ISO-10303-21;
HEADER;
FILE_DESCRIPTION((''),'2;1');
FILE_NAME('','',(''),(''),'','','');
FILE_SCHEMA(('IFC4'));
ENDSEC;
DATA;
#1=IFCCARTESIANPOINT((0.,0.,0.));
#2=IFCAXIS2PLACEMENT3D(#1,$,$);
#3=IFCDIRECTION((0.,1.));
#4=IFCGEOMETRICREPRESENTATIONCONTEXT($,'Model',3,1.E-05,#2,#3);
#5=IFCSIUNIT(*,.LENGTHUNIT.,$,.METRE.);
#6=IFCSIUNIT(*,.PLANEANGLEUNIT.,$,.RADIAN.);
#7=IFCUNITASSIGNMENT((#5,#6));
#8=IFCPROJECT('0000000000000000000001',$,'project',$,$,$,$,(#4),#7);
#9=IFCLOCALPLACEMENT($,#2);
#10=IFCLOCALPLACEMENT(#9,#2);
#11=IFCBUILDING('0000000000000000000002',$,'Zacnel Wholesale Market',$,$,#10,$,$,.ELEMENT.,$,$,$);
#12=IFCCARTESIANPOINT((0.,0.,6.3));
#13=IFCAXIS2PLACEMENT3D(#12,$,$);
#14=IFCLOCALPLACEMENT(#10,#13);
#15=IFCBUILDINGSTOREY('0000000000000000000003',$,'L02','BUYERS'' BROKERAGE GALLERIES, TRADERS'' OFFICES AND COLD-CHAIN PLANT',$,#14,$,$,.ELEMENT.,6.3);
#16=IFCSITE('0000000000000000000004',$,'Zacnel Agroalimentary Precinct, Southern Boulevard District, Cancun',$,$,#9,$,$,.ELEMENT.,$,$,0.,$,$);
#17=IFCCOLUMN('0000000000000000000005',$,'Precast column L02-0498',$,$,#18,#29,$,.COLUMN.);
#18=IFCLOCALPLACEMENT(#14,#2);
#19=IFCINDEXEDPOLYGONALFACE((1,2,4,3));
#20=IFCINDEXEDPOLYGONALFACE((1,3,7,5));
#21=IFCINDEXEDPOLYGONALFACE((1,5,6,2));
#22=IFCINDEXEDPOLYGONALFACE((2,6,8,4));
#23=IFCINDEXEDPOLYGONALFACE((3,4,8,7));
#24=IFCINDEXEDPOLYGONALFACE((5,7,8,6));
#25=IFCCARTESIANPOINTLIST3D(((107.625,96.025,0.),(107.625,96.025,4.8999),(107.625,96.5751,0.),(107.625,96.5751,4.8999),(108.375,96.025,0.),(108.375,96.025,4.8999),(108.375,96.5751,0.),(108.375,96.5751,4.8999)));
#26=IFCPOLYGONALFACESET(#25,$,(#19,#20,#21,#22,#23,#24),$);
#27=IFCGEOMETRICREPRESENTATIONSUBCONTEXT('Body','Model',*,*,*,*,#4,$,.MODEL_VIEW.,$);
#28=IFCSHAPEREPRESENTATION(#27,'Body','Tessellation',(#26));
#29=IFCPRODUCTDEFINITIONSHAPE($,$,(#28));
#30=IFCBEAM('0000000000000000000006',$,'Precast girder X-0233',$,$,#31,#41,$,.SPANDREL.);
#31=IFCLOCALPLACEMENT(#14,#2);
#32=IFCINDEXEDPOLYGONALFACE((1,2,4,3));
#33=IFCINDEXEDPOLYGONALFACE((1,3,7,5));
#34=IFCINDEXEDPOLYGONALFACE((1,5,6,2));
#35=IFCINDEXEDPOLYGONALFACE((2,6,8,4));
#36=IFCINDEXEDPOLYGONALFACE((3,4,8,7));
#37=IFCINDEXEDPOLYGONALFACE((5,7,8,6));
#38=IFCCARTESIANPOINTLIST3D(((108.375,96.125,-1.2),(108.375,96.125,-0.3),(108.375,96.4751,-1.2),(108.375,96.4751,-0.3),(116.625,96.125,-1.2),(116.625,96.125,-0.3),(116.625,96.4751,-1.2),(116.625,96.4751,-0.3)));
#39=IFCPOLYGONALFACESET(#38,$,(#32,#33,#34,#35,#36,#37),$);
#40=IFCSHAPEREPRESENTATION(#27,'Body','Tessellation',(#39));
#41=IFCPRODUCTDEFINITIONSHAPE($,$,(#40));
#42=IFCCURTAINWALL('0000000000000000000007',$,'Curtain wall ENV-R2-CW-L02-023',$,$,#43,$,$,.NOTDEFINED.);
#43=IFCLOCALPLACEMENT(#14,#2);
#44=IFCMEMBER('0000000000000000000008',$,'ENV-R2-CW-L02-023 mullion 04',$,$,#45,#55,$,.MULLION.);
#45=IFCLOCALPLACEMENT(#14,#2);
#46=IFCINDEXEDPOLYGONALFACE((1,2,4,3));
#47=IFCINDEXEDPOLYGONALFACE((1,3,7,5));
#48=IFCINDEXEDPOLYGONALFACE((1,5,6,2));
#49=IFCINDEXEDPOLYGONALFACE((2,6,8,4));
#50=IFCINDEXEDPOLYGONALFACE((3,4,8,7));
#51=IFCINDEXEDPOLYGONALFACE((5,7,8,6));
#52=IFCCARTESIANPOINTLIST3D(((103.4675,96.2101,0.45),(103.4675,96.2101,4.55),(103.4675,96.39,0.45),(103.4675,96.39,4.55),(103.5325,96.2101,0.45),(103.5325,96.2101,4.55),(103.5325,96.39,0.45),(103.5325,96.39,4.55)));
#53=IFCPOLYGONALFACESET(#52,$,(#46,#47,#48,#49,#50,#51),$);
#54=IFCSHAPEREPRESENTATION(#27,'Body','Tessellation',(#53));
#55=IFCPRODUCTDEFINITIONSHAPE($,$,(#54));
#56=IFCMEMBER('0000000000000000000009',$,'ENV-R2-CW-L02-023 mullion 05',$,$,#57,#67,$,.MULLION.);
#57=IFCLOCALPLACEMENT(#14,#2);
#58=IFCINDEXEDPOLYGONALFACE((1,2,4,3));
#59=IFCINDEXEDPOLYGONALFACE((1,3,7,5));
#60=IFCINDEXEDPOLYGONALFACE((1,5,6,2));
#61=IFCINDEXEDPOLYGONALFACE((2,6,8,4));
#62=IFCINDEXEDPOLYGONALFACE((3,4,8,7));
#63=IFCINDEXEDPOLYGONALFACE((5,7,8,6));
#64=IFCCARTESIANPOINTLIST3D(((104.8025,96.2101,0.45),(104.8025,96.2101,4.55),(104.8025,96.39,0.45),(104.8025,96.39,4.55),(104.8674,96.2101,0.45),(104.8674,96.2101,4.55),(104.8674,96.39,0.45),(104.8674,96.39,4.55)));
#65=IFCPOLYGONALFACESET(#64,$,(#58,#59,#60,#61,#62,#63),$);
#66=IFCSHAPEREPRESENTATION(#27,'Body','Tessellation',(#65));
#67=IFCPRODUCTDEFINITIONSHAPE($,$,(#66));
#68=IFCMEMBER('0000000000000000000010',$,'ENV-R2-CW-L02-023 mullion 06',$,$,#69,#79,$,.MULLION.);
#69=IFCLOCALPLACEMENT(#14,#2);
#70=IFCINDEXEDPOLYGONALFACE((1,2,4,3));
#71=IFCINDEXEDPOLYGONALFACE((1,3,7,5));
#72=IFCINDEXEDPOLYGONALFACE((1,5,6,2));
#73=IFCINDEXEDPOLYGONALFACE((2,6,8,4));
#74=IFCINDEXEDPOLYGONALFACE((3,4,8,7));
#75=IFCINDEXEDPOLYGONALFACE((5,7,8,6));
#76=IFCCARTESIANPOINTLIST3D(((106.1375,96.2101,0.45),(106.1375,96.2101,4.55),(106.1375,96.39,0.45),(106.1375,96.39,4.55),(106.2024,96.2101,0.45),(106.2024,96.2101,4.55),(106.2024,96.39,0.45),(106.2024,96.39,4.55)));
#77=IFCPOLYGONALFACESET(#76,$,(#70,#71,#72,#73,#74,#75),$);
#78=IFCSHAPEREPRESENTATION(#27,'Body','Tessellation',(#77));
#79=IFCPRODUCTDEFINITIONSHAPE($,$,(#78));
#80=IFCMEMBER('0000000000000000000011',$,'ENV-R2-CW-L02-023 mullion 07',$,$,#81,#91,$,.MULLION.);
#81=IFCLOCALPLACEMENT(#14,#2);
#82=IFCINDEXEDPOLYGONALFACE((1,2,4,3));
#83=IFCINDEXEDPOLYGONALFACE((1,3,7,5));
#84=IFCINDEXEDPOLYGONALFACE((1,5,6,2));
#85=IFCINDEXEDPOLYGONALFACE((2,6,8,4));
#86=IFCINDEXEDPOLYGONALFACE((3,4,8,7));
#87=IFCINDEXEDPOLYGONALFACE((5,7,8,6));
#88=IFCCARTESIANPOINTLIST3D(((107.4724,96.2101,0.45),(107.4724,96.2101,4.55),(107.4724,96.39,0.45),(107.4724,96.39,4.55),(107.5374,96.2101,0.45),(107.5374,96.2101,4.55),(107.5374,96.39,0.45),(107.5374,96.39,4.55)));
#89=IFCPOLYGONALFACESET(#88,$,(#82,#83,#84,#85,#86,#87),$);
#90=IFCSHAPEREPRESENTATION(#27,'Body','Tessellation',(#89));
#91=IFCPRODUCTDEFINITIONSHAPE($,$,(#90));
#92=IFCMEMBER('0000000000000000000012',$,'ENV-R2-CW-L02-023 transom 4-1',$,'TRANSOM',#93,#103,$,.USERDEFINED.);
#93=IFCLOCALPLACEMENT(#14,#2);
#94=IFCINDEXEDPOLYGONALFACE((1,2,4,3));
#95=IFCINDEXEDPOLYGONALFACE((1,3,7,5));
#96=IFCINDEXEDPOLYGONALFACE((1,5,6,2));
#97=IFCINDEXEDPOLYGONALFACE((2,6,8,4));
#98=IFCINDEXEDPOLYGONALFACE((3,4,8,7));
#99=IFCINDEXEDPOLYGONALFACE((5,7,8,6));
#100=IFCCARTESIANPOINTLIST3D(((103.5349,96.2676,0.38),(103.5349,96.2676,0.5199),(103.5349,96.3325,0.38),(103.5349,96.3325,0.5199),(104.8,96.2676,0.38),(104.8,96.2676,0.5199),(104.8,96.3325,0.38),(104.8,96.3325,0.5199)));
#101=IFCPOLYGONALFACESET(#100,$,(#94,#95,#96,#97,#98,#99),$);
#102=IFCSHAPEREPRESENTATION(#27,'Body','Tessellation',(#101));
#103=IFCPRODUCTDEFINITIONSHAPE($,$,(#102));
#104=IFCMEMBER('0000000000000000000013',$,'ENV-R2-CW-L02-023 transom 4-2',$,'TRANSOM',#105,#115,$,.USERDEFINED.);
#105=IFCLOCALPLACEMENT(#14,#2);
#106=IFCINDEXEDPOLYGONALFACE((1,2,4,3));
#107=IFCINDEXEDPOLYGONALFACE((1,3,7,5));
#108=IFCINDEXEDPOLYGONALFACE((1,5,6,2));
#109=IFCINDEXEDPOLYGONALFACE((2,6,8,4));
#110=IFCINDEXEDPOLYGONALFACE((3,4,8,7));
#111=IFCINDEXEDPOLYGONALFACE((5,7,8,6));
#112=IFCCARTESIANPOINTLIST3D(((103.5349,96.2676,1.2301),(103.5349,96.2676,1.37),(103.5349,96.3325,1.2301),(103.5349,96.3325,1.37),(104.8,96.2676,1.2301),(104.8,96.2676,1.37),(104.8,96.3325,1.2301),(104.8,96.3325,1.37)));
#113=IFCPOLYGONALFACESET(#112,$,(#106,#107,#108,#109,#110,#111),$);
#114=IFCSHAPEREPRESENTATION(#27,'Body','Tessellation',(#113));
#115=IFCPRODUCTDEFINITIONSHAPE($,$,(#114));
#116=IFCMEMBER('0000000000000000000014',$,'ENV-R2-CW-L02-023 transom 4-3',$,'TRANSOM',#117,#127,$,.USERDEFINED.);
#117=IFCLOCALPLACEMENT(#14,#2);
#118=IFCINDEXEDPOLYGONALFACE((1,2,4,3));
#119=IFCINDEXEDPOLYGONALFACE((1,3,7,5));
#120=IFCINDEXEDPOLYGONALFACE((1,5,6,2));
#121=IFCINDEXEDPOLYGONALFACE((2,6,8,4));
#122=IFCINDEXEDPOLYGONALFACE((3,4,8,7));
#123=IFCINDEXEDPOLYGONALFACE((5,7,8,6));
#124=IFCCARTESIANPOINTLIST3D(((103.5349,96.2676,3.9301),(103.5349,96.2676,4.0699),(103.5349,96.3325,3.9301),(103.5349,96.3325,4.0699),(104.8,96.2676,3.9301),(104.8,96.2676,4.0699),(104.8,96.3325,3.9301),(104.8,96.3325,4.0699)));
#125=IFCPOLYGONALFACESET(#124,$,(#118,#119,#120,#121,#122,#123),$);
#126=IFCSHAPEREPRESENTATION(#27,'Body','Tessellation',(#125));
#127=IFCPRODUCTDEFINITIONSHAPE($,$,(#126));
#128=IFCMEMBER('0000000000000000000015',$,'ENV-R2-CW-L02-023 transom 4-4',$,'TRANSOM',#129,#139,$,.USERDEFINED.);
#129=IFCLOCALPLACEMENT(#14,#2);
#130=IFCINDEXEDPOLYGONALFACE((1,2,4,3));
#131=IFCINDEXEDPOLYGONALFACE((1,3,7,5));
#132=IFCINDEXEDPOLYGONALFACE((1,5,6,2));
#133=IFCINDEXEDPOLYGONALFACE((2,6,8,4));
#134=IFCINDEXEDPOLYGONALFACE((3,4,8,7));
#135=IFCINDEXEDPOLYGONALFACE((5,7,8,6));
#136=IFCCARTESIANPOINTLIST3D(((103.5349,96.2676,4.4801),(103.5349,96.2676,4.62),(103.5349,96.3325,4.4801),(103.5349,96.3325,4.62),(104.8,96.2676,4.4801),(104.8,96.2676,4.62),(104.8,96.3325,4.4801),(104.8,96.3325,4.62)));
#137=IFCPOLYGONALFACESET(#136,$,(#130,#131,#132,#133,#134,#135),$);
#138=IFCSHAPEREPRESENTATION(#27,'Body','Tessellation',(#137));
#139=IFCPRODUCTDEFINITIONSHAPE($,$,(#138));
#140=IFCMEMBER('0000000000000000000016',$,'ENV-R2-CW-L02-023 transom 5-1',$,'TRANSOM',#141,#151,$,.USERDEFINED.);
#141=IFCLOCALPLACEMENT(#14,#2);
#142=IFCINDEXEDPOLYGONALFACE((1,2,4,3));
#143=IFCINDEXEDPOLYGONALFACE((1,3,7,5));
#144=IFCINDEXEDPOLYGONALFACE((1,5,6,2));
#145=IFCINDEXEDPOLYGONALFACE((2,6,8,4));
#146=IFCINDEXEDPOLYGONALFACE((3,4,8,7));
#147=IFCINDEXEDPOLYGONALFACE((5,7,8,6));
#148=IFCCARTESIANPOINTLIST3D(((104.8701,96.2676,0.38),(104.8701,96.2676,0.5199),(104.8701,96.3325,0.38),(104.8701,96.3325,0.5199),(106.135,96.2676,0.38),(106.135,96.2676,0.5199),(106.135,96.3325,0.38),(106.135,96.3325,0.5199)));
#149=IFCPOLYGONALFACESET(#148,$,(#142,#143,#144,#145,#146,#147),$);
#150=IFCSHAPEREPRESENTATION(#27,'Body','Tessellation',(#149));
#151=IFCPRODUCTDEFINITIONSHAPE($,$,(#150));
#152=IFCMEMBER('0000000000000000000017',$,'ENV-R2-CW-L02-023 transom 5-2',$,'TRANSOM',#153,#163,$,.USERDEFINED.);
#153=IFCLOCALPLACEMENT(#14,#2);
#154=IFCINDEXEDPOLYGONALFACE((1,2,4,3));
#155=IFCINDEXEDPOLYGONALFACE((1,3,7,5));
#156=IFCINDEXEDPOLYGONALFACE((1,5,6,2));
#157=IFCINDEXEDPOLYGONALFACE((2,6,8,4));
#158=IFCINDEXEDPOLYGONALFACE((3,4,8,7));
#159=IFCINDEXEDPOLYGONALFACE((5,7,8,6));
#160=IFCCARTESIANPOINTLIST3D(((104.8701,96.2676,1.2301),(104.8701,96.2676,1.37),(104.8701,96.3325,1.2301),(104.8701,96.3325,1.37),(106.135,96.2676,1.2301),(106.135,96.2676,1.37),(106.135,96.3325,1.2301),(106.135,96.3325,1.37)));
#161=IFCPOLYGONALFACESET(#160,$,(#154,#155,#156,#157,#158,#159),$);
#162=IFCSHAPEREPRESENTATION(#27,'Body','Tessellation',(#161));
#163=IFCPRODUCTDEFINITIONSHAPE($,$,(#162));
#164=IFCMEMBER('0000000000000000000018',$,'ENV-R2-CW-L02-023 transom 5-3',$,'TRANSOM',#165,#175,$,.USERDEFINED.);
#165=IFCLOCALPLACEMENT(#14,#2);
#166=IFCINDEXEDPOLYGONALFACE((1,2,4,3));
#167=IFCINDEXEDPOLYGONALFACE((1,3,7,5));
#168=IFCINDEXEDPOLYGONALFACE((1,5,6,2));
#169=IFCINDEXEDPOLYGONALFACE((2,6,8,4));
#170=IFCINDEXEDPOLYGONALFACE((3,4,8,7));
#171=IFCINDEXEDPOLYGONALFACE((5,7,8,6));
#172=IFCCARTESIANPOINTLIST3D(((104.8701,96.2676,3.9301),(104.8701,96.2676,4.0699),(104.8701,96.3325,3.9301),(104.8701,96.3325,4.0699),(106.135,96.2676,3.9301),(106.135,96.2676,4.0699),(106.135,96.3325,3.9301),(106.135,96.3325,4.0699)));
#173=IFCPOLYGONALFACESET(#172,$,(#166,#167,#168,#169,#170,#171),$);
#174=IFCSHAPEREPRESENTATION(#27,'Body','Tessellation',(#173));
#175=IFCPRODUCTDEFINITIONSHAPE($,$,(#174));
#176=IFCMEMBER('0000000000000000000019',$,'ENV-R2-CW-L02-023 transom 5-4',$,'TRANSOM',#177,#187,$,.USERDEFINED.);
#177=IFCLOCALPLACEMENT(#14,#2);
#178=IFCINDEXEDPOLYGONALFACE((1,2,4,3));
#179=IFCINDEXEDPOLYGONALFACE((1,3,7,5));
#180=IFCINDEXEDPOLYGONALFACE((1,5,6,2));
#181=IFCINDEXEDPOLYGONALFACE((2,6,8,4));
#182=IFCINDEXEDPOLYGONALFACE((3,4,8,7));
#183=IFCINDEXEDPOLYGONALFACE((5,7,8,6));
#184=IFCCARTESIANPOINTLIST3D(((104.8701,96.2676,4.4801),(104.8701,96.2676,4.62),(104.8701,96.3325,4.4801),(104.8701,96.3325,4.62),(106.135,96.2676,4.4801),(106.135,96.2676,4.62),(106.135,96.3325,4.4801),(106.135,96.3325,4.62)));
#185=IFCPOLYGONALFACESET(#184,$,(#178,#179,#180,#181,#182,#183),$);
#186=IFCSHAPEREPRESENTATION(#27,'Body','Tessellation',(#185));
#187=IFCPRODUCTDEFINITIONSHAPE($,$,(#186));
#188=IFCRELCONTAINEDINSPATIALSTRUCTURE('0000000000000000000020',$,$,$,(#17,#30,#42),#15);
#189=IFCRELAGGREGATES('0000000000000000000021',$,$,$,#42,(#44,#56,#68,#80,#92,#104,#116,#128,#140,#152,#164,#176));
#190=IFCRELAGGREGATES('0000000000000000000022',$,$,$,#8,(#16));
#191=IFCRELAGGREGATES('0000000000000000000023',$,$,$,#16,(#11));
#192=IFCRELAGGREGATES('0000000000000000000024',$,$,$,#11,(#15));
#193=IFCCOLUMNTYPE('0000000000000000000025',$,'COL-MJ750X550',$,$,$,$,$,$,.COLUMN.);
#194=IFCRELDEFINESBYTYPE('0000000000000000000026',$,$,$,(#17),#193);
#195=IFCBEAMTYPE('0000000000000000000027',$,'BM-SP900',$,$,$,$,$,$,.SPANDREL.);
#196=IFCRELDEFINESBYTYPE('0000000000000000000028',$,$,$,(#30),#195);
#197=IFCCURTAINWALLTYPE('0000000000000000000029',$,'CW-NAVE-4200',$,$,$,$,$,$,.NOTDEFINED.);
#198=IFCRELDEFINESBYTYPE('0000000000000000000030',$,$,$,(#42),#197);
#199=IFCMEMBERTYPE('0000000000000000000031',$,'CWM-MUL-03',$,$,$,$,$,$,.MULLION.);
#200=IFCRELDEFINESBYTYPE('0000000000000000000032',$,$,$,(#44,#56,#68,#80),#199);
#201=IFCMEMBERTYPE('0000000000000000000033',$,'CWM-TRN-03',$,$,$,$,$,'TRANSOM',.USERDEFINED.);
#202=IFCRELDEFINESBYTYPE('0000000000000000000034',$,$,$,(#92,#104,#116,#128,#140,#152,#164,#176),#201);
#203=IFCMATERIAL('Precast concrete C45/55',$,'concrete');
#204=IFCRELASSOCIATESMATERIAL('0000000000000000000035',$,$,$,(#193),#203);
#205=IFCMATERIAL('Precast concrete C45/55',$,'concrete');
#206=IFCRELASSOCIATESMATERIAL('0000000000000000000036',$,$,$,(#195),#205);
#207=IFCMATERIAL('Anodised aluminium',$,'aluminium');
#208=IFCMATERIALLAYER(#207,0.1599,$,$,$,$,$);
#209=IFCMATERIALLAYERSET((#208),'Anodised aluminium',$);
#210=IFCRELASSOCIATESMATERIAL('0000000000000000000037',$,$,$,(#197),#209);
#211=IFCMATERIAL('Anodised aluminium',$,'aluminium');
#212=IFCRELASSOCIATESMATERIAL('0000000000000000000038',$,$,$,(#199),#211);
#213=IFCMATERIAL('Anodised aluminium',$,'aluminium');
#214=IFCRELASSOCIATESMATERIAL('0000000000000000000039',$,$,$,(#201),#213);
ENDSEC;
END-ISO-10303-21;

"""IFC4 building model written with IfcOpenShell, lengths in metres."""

from ifc_helpers import new_model, si_unit, direction, frame, origin, origin_2d, place, context, subcontext, project, spatial, rectangle, extrude, material, layer, layer_set, material_profile, profile_set, type_object, element, aggregate, save


model = new_model("IFC4")

# Units and contexts
model_context = context("Model", 3, precision=1e-05, world=origin(), true_north=direction((0.0, 1.0)))
body_context = subcontext(model_context, "Body", "Model", "MODEL_VIEW")
ifc_project = project(units=[si_unit("LENGTHUNIT", "METRE"), si_unit("PLANEANGLEUNIT", "RADIAN")], contexts=[model_context])

# Site, building, storey
site_placement = place(None, origin())
site = spatial("IfcSite", under=ifc_project, at=site_placement, Name="Zacnel Agroalimentary Precinct, Southern Boulevard District, Cancun", CompositionType="ELEMENT", RefElevation=0.0)
building_placement = place(site_placement, origin())
building = spatial("IfcBuilding", under=site, at=building_placement, Name="Zacnel Wholesale Market", CompositionType="ELEMENT")
storey_placement = place(building_placement, frame((0.0, 0.0, 6.3)))
storey = spatial("IfcBuildingStorey", under=building, at=storey_placement, Name="L02", Description="BUYERS' BROKERAGE GALLERIES, TRADERS' OFFICES AND COLD-CHAIN PLANT", CompositionType="ELEMENT", Elevation=6.3)

# Column
ifc_material_1 = material(Name="Precast concrete C45/55", Category="concrete")
ifc_material_profile_1 = material_profile(ifc_material_1, rectangle(XDim=0.75, YDim=0.55, at=origin_2d()), Name="PC 750x550")
ifc_profile_set_1 = profile_set([ifc_material_profile_1], Name="Precast concrete C45/55")
column_type = type_object("IfcColumnType", Name="COL-MJ750X550", PredefinedType="COLUMN", material=ifc_profile_set_1)
column_placement = place(storey_placement, frame((108.0, 96.3, 0.0), z_axis=(0.0, 0.0, 1.0), x_axis=(1.0, 0.0, 0.0)))
element("IfcColumn", 1, at=column_placement, inside=storey, type_object=column_type, Name="Precast column L02-0498", PredefinedType="COLUMN", context=body_context, shape_type="SweptSolid", body=[
    extrude(rectangle(XDim=0.75, YDim=0.55, at=origin_2d()), origin(), (0.0, 0.0, 1.0), 4.8999),
])

# Beam
ifc_material_2 = material(Name="Precast concrete C45/55", Category="concrete")
ifc_material_profile_2 = material_profile(ifc_material_2, rectangle(XDim=0.3501, YDim=0.8999, at=origin_2d()), Name="SP 350x900")
ifc_profile_set_2 = profile_set([ifc_material_profile_2], Name="Precast concrete C45/55")
beam_type = type_object("IfcBeamType", Name="BM-SP900", PredefinedType="SPANDREL", material=ifc_profile_set_2)
beam_placement = place(storey_placement, frame((108.375, 96.3, -0.75), z_axis=(1.0, 0.0, 0.0), x_axis=(0.0, 1.0, 0.0)))
element("IfcBeam", 2, at=beam_placement, inside=storey, type_object=beam_type, Name="Precast girder X-0233", PredefinedType="SPANDREL", context=body_context, shape_type="SweptSolid", body=[
    extrude(rectangle(XDim=0.3501, YDim=0.8999, at=origin_2d()), origin(), (0.0, 0.0, 1.0), 8.25),
])

# Curtain wall, members
ifc_material_3 = material(Name="Anodised aluminium", Category="aluminium")
ifc_layer_1 = layer(ifc_material_3, 0.1599)
ifc_layer_set_1 = layer_set([ifc_layer_1], Name="Anodised aluminium")
curtain_wall_type = type_object("IfcCurtainWallType", Name="CW-NAVE-4200", PredefinedType="NOTDEFINED", material=ifc_layer_set_1)
curtain_wall_placement = place(storey_placement, origin())
curtain_wall = element("IfcCurtainWall", 3, at=curtain_wall_placement, inside=storey, type_object=curtain_wall_type, Name="Curtain wall ENV-R2-CW-L02-023", PredefinedType="NOTDEFINED")
ifc_material_4 = material(Name="Anodised aluminium", Category="aluminium")
ifc_material_profile_3 = material_profile(ifc_material_4, rectangle(XDim=0.0649, YDim=0.1799, at=origin_2d()), Name="AW-MULLION 65x180")
ifc_profile_set_3 = profile_set([ifc_material_profile_3], Name="Anodised aluminium")
member_type_1 = type_object("IfcMemberType", Name="CWM-MUL-03", PredefinedType="MULLION", material=ifc_profile_set_3)
member_1_placement = place(storey_placement, frame((103.5, 96.3, 0.45), z_axis=(0.0, 0.0, 1.0), x_axis=(1.0, 0.0, 0.0)))
member_1 = element("IfcMember", 4, at=member_1_placement, type_object=member_type_1, Name="ENV-R2-CW-L02-023 mullion 04", PredefinedType="MULLION", context=body_context, shape_type="SweptSolid", body=[
    extrude(rectangle(XDim=0.0649, YDim=0.1799, at=origin_2d()), origin(), (0.0, 0.0, 1.0), 4.1001),
])
member_2_placement = place(storey_placement, frame((104.835, 96.3, 0.45), z_axis=(0.0, 0.0, 1.0), x_axis=(1.0, 0.0, 0.0)))
member_2 = element("IfcMember", 5, at=member_2_placement, type_object=member_type_1, Name="ENV-R2-CW-L02-023 mullion 05", PredefinedType="MULLION", context=body_context, shape_type="SweptSolid", body=[
    extrude(rectangle(XDim=0.0649, YDim=0.1799, at=origin_2d()), origin(), (0.0, 0.0, 1.0), 4.1001),
])
member_3_placement = place(storey_placement, frame((106.1699, 96.3, 0.45), z_axis=(0.0, 0.0, 1.0), x_axis=(1.0, 0.0, 0.0)))
member_3 = element("IfcMember", 6, at=member_3_placement, type_object=member_type_1, Name="ENV-R2-CW-L02-023 mullion 06", PredefinedType="MULLION", context=body_context, shape_type="SweptSolid", body=[
    extrude(rectangle(XDim=0.0649, YDim=0.1799, at=origin_2d()), origin(), (0.0, 0.0, 1.0), 4.1001),
])
member_4_placement = place(storey_placement, frame((107.5049, 96.3, 0.45), z_axis=(0.0, 0.0, 1.0), x_axis=(1.0, 0.0, 0.0)))
member_4 = element("IfcMember", 7, at=member_4_placement, type_object=member_type_1, Name="ENV-R2-CW-L02-023 mullion 07", PredefinedType="MULLION", context=body_context, shape_type="SweptSolid", body=[
    extrude(rectangle(XDim=0.0649, YDim=0.1799, at=origin_2d()), origin(), (0.0, 0.0, 1.0), 4.1001),
])
ifc_material_5 = material(Name="Anodised aluminium", Category="aluminium")
ifc_material_profile_4 = material_profile(ifc_material_5, rectangle(XDim=0.0649, YDim=0.1399, at=origin_2d()), Name="AW-TRANSOM 65x140")
ifc_profile_set_4 = profile_set([ifc_material_profile_4], Name="Anodised aluminium")
member_type_2 = type_object("IfcMemberType", Name="CWM-TRN-03", ElementType="TRANSOM", PredefinedType="USERDEFINED", material=ifc_profile_set_4)
member_5_placement = place(storey_placement, frame((103.5349, 96.3, 0.45), z_axis=(1.0, 0.0, 0.0), x_axis=(0.0, 1.0, 0.0)))
member_5 = element("IfcMember", 8, at=member_5_placement, type_object=member_type_2, Name="ENV-R2-CW-L02-023 transom 4-1", ObjectType="TRANSOM", PredefinedType="USERDEFINED", context=body_context, shape_type="SweptSolid", body=[
    extrude(rectangle(XDim=0.0649, YDim=0.1399, at=origin_2d()), origin(), (0.0, 0.0, 1.0), 1.2651),
])
member_6_placement = place(storey_placement, frame((103.5349, 96.3, 1.3), z_axis=(1.0, 0.0, 0.0), x_axis=(0.0, 1.0, 0.0)))
member_6 = element("IfcMember", 9, at=member_6_placement, type_object=member_type_2, Name="ENV-R2-CW-L02-023 transom 4-2", ObjectType="TRANSOM", PredefinedType="USERDEFINED", context=body_context, shape_type="SweptSolid", body=[
    extrude(rectangle(XDim=0.0649, YDim=0.1399, at=origin_2d()), origin(), (0.0, 0.0, 1.0), 1.2651),
])
member_7_placement = place(storey_placement, frame((103.5349, 96.3, 4.0), z_axis=(1.0, 0.0, 0.0), x_axis=(0.0, 1.0, 0.0)))
member_7 = element("IfcMember", 10, at=member_7_placement, type_object=member_type_2, Name="ENV-R2-CW-L02-023 transom 4-3", ObjectType="TRANSOM", PredefinedType="USERDEFINED", context=body_context, shape_type="SweptSolid", body=[
    extrude(rectangle(XDim=0.0649, YDim=0.1399, at=origin_2d()), origin(), (0.0, 0.0, 1.0), 1.2651),
])
member_8_placement = place(storey_placement, frame((103.5349, 96.3, 4.55), z_axis=(1.0, 0.0, 0.0), x_axis=(0.0, 1.0, 0.0)))
member_8 = element("IfcMember", 11, at=member_8_placement, type_object=member_type_2, Name="ENV-R2-CW-L02-023 transom 4-4", ObjectType="TRANSOM", PredefinedType="USERDEFINED", context=body_context, shape_type="SweptSolid", body=[
    extrude(rectangle(XDim=0.0649, YDim=0.1399, at=origin_2d()), origin(), (0.0, 0.0, 1.0), 1.2651),
])
member_9_placement = place(storey_placement, frame((104.8701, 96.3, 0.45), z_axis=(1.0, 0.0, 0.0), x_axis=(0.0, 1.0, 0.0)))
member_9 = element("IfcMember", 12, at=member_9_placement, type_object=member_type_2, Name="ENV-R2-CW-L02-023 transom 5-1", ObjectType="TRANSOM", PredefinedType="USERDEFINED", context=body_context, shape_type="SweptSolid", body=[
    extrude(rectangle(XDim=0.0649, YDim=0.1399, at=origin_2d()), origin(), (0.0, 0.0, 1.0), 1.2649),
])
member_10_placement = place(storey_placement, frame((104.8701, 96.3, 1.3), z_axis=(1.0, 0.0, 0.0), x_axis=(0.0, 1.0, 0.0)))
member_10 = element("IfcMember", 13, at=member_10_placement, type_object=member_type_2, Name="ENV-R2-CW-L02-023 transom 5-2", ObjectType="TRANSOM", PredefinedType="USERDEFINED", context=body_context, shape_type="SweptSolid", body=[
    extrude(rectangle(XDim=0.0649, YDim=0.1399, at=origin_2d()), origin(), (0.0, 0.0, 1.0), 1.2649),
])
member_11_placement = place(storey_placement, frame((104.8701, 96.3, 4.0), z_axis=(1.0, 0.0, 0.0), x_axis=(0.0, 1.0, 0.0)))
member_11 = element("IfcMember", 14, at=member_11_placement, type_object=member_type_2, Name="ENV-R2-CW-L02-023 transom 5-3", ObjectType="TRANSOM", PredefinedType="USERDEFINED", context=body_context, shape_type="SweptSolid", body=[
    extrude(rectangle(XDim=0.0649, YDim=0.1399, at=origin_2d()), origin(), (0.0, 0.0, 1.0), 1.2649),
])
member_12_placement = place(storey_placement, frame((104.8701, 96.3, 4.55), z_axis=(1.0, 0.0, 0.0), x_axis=(0.0, 1.0, 0.0)))
member_12 = element("IfcMember", 15, at=member_12_placement, type_object=member_type_2, Name="ENV-R2-CW-L02-023 transom 5-4", ObjectType="TRANSOM", PredefinedType="USERDEFINED", context=body_context, shape_type="SweptSolid", body=[
    extrude(rectangle(XDim=0.0649, YDim=0.1399, at=origin_2d()), origin(), (0.0, 0.0, 1.0), 1.2649),
])

aggregate(curtain_wall, [member_1, member_2, member_3, member_4, member_5, member_6, member_7, member_8, member_9, member_10, member_11, member_12])

save(model, "model.ifc")
